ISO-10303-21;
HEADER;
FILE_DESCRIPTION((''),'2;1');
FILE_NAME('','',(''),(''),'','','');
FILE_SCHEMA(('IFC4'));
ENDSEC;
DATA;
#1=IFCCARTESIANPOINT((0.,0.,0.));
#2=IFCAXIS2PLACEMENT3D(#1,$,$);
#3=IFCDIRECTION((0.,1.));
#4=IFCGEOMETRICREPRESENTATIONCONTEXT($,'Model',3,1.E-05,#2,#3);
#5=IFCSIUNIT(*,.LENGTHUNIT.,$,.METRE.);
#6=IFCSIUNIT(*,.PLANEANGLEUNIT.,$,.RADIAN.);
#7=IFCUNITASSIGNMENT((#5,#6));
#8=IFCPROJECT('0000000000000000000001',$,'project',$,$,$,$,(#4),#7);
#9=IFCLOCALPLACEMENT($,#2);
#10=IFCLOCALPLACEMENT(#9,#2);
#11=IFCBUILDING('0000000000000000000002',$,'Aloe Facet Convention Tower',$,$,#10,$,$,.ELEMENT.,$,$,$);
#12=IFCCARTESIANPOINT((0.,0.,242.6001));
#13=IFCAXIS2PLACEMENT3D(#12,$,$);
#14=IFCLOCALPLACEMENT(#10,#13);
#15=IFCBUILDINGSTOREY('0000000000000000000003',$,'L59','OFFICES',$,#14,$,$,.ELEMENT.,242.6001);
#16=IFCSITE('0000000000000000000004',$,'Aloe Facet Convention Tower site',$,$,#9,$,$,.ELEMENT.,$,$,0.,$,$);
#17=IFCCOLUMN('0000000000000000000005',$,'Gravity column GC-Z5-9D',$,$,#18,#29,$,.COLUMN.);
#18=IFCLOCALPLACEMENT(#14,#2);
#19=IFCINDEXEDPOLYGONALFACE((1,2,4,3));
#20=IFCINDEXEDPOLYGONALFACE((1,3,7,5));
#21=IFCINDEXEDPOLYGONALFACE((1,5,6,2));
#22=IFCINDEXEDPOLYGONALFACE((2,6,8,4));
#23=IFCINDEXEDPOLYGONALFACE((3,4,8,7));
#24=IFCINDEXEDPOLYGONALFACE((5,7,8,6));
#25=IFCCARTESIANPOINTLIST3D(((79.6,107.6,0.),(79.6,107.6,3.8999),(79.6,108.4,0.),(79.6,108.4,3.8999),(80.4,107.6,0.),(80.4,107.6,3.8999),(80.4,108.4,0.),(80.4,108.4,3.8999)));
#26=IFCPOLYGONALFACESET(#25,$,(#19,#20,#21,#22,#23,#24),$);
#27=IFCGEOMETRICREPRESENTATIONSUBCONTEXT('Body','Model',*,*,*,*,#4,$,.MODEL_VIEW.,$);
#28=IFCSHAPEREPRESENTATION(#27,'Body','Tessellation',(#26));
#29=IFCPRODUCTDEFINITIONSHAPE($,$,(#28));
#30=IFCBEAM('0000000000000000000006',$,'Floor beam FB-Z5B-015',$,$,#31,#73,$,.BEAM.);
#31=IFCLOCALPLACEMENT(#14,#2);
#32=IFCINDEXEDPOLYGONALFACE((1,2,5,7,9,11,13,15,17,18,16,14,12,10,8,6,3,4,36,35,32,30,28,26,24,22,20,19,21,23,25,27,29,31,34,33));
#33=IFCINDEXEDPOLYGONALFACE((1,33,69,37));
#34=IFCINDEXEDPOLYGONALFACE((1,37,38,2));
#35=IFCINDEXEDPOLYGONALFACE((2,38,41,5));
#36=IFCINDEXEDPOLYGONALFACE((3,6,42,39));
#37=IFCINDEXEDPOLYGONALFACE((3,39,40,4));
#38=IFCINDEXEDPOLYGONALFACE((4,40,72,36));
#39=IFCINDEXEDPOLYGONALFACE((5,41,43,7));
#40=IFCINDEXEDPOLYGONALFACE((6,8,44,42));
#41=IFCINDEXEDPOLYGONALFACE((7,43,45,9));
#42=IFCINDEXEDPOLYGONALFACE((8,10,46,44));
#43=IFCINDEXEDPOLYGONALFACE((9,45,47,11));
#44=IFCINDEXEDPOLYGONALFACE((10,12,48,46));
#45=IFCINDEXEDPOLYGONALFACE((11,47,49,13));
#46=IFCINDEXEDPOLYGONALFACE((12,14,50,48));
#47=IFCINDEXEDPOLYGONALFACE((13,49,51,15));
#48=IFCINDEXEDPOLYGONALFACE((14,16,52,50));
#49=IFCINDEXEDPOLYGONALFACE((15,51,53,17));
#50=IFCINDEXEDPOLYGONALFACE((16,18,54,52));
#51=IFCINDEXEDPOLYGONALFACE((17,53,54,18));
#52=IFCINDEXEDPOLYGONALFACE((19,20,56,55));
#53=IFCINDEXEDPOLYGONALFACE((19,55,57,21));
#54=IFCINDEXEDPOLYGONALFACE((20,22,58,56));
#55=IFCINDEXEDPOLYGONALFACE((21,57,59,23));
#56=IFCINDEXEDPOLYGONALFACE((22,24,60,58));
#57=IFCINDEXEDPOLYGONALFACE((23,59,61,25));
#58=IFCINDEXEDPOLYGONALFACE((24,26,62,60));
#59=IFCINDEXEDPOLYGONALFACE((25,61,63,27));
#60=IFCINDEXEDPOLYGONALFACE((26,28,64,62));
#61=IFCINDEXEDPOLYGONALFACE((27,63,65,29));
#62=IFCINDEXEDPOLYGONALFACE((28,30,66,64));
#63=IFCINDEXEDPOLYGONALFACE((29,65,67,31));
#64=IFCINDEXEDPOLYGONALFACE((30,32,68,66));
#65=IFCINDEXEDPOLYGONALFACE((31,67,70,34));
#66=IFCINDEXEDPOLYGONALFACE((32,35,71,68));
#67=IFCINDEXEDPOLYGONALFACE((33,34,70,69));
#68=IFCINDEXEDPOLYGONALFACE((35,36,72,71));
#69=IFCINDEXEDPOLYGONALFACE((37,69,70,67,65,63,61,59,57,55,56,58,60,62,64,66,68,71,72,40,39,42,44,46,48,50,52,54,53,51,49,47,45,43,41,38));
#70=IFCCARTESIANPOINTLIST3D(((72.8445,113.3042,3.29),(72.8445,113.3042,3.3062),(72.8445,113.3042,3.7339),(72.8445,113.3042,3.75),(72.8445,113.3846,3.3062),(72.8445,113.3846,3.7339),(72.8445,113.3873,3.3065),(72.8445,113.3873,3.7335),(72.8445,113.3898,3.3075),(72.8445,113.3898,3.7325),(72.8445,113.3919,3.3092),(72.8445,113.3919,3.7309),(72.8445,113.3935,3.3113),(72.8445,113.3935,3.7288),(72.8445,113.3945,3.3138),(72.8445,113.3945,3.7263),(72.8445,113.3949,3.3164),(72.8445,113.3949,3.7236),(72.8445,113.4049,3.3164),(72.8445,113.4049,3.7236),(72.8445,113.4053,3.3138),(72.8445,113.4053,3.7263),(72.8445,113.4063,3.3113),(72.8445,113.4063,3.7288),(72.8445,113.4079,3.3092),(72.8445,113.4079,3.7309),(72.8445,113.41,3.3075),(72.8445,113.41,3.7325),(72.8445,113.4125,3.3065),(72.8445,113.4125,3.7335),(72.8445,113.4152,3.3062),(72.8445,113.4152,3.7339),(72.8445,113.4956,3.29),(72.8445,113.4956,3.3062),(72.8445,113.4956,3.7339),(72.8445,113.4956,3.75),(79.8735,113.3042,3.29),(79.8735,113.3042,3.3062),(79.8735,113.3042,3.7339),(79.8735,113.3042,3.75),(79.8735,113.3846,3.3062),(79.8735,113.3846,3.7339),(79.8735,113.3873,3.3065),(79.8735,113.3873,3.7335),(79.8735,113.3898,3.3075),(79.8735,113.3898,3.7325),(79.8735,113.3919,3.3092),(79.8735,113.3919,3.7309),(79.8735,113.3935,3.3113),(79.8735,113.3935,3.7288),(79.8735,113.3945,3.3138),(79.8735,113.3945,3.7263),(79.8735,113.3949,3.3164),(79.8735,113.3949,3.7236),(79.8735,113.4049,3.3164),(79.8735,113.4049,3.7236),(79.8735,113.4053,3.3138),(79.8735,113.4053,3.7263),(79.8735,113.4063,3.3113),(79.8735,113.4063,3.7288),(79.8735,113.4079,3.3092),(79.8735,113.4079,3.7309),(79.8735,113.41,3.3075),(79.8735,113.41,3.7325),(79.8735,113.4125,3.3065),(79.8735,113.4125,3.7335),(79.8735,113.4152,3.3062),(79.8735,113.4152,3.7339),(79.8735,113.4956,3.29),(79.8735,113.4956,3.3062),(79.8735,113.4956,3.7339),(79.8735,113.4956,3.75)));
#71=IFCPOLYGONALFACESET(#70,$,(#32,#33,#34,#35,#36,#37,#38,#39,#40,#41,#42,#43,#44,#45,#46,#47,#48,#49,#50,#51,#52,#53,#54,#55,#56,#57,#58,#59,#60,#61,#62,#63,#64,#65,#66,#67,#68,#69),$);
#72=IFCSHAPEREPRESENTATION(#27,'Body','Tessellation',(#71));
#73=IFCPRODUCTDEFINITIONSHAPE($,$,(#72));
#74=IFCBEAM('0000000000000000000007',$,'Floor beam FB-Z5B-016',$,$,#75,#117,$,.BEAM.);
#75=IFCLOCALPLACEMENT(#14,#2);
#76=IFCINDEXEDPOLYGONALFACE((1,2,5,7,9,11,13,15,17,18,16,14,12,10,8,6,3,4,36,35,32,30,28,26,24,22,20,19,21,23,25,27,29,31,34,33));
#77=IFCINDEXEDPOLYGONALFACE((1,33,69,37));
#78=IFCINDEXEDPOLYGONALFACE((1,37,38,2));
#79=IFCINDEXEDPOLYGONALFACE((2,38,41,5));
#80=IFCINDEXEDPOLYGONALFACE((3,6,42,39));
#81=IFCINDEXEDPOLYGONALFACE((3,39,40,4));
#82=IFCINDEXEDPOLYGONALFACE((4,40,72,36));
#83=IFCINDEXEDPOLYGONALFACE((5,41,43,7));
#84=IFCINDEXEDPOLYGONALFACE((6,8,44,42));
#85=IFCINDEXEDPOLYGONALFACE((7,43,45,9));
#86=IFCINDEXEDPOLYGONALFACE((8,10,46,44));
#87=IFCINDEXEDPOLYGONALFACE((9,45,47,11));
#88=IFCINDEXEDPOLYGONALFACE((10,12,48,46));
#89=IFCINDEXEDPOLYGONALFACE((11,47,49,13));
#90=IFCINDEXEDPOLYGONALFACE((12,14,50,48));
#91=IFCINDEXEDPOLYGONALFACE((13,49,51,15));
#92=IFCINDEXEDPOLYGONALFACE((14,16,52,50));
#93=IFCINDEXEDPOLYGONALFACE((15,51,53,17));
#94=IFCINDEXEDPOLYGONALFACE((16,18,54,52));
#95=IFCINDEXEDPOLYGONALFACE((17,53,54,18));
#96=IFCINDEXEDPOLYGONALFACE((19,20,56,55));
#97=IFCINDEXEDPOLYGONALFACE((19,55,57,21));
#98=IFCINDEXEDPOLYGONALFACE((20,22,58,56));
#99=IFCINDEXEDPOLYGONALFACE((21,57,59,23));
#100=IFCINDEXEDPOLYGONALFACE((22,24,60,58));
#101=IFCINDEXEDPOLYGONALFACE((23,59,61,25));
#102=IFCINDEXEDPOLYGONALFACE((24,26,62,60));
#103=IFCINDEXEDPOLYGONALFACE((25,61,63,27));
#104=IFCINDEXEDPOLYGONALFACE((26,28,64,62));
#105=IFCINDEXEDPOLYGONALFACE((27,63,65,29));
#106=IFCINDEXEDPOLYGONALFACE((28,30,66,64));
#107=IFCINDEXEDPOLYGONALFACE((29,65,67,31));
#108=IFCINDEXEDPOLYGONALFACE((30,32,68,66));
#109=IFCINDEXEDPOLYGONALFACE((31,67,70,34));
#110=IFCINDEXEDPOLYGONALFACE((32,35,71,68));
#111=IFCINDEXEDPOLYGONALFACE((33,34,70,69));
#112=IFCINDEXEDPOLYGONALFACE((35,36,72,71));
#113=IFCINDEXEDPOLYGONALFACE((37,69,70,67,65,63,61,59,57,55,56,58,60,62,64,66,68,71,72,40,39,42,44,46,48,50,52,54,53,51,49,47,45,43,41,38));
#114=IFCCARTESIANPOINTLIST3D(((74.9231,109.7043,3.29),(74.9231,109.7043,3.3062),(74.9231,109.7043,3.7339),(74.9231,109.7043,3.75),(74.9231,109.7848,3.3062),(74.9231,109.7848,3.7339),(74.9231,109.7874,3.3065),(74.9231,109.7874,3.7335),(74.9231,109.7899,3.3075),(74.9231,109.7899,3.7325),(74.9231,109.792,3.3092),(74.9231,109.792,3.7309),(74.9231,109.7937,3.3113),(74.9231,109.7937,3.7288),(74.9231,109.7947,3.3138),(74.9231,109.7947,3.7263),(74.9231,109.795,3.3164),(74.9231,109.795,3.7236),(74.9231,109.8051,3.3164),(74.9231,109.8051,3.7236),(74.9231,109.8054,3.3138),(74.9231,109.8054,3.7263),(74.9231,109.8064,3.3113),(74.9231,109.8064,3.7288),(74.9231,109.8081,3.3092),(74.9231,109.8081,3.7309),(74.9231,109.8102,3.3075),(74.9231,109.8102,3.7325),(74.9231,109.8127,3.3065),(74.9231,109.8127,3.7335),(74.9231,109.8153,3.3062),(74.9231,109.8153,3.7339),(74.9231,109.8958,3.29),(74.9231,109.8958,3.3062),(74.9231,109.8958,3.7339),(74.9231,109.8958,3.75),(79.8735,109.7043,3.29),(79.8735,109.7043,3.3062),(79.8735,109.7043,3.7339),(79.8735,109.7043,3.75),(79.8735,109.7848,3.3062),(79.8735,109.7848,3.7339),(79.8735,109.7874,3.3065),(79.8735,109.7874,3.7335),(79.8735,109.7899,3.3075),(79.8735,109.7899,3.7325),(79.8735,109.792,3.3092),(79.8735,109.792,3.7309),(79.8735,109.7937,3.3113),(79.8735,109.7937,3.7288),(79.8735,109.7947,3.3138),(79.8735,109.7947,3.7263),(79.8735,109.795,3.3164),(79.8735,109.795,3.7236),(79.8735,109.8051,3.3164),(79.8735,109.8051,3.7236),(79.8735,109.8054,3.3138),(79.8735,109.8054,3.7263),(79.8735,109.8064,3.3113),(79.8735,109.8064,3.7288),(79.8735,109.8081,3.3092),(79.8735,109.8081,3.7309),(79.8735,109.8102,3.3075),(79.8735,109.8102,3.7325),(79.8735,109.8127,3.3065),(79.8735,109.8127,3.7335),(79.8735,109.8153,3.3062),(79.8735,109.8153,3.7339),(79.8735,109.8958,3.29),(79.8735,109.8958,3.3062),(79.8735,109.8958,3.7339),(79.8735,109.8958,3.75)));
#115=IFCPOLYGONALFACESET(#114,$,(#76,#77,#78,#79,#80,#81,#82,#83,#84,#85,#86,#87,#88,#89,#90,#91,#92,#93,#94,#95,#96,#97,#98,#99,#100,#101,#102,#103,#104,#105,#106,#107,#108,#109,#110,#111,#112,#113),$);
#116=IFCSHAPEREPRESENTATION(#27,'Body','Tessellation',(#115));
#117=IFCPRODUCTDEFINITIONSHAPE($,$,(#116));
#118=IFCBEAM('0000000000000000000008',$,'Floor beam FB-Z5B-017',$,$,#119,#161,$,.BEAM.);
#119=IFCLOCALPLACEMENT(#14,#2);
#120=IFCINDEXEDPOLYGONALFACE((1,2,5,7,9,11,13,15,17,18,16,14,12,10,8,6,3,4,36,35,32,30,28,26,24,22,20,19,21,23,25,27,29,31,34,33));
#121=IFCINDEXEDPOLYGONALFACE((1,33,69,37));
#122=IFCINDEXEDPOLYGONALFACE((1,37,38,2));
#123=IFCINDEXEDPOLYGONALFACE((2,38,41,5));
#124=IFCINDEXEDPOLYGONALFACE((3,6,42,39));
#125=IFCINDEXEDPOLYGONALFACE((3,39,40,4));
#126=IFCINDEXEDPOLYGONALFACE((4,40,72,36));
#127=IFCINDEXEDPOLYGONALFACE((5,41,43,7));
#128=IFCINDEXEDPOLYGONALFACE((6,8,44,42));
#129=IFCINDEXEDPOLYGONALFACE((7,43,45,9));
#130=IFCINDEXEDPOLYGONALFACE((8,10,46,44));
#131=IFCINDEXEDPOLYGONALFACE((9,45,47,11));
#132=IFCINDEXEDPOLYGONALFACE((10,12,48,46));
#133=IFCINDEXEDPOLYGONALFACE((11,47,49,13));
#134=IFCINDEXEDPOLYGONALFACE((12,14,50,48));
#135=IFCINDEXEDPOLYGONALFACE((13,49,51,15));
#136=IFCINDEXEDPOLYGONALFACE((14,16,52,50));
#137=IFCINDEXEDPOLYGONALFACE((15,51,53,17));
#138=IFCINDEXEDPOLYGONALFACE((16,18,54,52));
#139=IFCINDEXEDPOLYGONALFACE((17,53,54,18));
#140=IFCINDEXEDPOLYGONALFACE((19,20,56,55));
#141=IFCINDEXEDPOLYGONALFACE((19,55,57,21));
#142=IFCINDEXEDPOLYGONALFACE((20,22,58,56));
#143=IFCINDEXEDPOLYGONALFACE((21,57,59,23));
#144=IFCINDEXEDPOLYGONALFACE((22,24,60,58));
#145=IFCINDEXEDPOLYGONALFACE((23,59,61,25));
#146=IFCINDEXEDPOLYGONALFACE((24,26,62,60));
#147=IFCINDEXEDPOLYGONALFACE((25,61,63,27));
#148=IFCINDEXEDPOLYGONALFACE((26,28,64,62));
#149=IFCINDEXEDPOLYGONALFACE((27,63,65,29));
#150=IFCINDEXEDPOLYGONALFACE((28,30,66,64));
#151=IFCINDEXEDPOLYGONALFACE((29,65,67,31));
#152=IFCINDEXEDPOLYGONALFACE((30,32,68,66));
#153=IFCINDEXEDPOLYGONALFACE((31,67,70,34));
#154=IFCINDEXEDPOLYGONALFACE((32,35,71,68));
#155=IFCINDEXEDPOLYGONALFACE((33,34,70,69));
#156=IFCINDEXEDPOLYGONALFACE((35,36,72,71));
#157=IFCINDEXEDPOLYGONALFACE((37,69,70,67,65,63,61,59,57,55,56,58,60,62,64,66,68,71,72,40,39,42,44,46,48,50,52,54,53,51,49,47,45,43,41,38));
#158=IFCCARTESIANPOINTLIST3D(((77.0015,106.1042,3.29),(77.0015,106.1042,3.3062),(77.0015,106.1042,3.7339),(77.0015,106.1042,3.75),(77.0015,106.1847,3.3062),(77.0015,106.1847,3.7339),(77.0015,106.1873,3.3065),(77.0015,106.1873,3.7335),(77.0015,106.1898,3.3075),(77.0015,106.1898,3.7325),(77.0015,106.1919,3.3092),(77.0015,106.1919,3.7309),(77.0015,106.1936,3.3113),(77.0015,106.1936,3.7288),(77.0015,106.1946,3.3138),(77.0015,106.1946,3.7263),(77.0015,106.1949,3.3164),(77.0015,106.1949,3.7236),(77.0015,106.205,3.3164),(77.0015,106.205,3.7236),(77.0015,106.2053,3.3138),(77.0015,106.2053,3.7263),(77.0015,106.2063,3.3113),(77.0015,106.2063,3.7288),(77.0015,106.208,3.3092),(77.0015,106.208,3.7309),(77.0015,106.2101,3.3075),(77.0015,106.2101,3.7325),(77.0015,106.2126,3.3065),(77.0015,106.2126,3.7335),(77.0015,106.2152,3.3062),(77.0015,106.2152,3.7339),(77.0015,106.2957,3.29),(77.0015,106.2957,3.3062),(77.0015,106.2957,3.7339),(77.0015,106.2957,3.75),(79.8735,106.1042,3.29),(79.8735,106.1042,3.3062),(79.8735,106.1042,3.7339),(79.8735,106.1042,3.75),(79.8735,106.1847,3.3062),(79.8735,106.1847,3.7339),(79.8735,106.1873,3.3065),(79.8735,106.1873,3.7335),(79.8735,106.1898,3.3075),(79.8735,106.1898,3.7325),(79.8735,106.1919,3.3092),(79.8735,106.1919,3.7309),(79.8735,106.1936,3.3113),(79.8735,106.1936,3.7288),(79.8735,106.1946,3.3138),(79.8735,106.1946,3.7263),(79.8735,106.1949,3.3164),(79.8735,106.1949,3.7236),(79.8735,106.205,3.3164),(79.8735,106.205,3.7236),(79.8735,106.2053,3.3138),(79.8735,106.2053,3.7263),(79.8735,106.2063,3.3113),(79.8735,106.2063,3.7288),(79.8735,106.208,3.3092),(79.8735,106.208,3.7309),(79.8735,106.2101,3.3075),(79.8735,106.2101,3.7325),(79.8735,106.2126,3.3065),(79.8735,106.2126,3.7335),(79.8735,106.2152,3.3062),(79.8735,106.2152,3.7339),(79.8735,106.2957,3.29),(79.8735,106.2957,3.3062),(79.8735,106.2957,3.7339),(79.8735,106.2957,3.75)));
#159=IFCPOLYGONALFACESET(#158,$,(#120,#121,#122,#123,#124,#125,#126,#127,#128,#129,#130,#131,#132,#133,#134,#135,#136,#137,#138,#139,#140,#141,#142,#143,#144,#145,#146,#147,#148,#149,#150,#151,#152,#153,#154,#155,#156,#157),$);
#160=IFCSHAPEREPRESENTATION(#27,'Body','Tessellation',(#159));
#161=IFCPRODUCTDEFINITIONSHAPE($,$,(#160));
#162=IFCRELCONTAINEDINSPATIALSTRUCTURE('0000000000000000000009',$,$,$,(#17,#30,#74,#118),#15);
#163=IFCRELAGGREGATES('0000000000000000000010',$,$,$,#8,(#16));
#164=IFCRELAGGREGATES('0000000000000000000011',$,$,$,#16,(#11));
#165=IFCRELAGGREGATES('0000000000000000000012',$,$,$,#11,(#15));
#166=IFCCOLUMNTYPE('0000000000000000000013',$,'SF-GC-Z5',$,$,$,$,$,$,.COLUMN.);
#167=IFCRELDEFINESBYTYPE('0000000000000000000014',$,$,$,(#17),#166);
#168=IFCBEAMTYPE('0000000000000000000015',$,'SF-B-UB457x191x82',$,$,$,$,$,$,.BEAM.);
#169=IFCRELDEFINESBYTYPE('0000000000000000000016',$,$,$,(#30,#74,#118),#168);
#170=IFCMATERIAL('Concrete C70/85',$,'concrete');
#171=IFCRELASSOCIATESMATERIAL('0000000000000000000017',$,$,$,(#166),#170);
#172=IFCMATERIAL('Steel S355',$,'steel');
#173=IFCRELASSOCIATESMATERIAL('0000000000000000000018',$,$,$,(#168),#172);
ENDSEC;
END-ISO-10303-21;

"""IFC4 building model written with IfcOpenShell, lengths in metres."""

from ifc_helpers import new_model, si_unit, direction, frame, origin, origin_2d, place, context, subcontext, project, spatial, rectangle, i_section, extrude, material, material_profile, profile_set, type_object, element, save


model = new_model("IFC4")

# Units and contexts
model_context = context("Model", 3, precision=1e-05, world=origin(), true_north=direction((0.0, 1.0)))
body_context = subcontext(model_context, "Body", "Model", "MODEL_VIEW")
ifc_project = project(units=[si_unit("LENGTHUNIT", "METRE"), si_unit("PLANEANGLEUNIT", "RADIAN")], contexts=[model_context])

# Site, building, storey
site_placement = place(None, origin())
site = spatial("IfcSite", under=ifc_project, at=site_placement, Name="Aloe Facet Convention Tower site", CompositionType="ELEMENT", RefElevation=0.0)
building_placement = place(site_placement, origin())
building = spatial("IfcBuilding", under=site, at=building_placement, Name="Aloe Facet Convention Tower", CompositionType="ELEMENT")
storey_placement = place(building_placement, frame((0.0, 0.0, 242.6001)))
storey = spatial("IfcBuildingStorey", under=building, at=storey_placement, Name="L59", Description="OFFICES", CompositionType="ELEMENT", Elevation=242.6001)

# Column
ifc_material_1 = material(Name="Concrete C70/85", Category="concrete")
ifc_material_profile_1 = material_profile(ifc_material_1, rectangle(XDim=0.8, YDim=0.8, at=origin_2d()), Name="SF-GC-Z5")
ifc_profile_set_1 = profile_set([ifc_material_profile_1], Name="Concrete C70/85")
column_type = type_object("IfcColumnType", Name="SF-GC-Z5", PredefinedType="COLUMN", material=ifc_profile_set_1)
column_placement = place(storey_placement, frame((80.0, 108.0, 0.0), z_axis=(0.0, 0.0, 1.0), x_axis=(1.0, 0.0, 0.0)))
element("IfcColumn", 1, at=column_placement, inside=storey, type_object=column_type, Name="Gravity column GC-Z5-9D", PredefinedType="COLUMN", context=body_context, shape_type="SweptSolid", body=[
    extrude(rectangle(XDim=0.8, YDim=0.8, at=origin_2d()), origin(), (0.0, 0.0, 1.0), 3.8999),
])

# Beams
ifc_material_2 = material(Name="Steel S355", Category="steel")
ifc_material_profile_2 = material_profile(ifc_material_2, i_section(OverallWidth=0.1914, OverallDepth=0.46, WebThickness=0.01, FlangeThickness=0.0161, FilletRadius=0.0103, at=origin_2d()), Name="UB 457x191x82")
ifc_profile_set_2 = profile_set([ifc_material_profile_2], Name="Steel S355")
beam_type_1 = type_object("IfcBeamType", Name="SF-B-UB457x191x82", PredefinedType="BEAM", material=ifc_profile_set_2)
beam_1_placement = place(storey_placement, frame((72.8445, 113.3999, 3.52), z_axis=(1.0, 0.0, 0.0), x_axis=(0.0, 1.0, 0.0)))
element("IfcBeam", 2, at=beam_1_placement, inside=storey, type_object=beam_type_1, Name="Floor beam FB-Z5B-015", PredefinedType="BEAM", context=body_context, shape_type="SweptSolid", body=[
    extrude(i_section(OverallWidth=0.1914, OverallDepth=0.46, WebThickness=0.01, FlangeThickness=0.0161, FilletRadius=0.0103, at=origin_2d()), origin(), (0.0, 0.0, 1.0), 7.0291),
])
beam_2_placement = place(storey_placement, frame((74.9231, 109.8, 3.52), z_axis=(1.0, 0.0, 0.0), x_axis=(0.0, 1.0, 0.0)))
element("IfcBeam", 3, at=beam_2_placement, inside=storey, type_object=beam_type_1, Name="Floor beam FB-Z5B-016", PredefinedType="BEAM", context=body_context, shape_type="SweptSolid", body=[
    extrude(i_section(OverallWidth=0.1914, OverallDepth=0.46, WebThickness=0.01, FlangeThickness=0.0161, FilletRadius=0.0103, at=origin_2d()), origin(), (0.0, 0.0, 1.0), 4.9504),
])
for number, where, z_axis, x_axis, name in (
    (4, (77.0015, 106.2, 3.52), (1.0, 0.0, 0.0), (0.0, 1.0, 0.0), "Floor beam FB-Z5B-017"),
):
    element("IfcBeam", number, at=place(storey_placement, frame(where, z_axis=z_axis, x_axis=x_axis)), inside=storey, type_object=beam_type_1, Name=name, PredefinedType="BEAM", context=body_context, shape_type="SweptSolid", body=[
        extrude(i_section(OverallWidth=0.1914, OverallDepth=0.46, WebThickness=0.01, FlangeThickness=0.0161, FilletRadius=0.0103, at=origin_2d()), origin(), (0.0, 0.0, 1.0), 2.8721),
    ])

save(model, "model.ifc")
